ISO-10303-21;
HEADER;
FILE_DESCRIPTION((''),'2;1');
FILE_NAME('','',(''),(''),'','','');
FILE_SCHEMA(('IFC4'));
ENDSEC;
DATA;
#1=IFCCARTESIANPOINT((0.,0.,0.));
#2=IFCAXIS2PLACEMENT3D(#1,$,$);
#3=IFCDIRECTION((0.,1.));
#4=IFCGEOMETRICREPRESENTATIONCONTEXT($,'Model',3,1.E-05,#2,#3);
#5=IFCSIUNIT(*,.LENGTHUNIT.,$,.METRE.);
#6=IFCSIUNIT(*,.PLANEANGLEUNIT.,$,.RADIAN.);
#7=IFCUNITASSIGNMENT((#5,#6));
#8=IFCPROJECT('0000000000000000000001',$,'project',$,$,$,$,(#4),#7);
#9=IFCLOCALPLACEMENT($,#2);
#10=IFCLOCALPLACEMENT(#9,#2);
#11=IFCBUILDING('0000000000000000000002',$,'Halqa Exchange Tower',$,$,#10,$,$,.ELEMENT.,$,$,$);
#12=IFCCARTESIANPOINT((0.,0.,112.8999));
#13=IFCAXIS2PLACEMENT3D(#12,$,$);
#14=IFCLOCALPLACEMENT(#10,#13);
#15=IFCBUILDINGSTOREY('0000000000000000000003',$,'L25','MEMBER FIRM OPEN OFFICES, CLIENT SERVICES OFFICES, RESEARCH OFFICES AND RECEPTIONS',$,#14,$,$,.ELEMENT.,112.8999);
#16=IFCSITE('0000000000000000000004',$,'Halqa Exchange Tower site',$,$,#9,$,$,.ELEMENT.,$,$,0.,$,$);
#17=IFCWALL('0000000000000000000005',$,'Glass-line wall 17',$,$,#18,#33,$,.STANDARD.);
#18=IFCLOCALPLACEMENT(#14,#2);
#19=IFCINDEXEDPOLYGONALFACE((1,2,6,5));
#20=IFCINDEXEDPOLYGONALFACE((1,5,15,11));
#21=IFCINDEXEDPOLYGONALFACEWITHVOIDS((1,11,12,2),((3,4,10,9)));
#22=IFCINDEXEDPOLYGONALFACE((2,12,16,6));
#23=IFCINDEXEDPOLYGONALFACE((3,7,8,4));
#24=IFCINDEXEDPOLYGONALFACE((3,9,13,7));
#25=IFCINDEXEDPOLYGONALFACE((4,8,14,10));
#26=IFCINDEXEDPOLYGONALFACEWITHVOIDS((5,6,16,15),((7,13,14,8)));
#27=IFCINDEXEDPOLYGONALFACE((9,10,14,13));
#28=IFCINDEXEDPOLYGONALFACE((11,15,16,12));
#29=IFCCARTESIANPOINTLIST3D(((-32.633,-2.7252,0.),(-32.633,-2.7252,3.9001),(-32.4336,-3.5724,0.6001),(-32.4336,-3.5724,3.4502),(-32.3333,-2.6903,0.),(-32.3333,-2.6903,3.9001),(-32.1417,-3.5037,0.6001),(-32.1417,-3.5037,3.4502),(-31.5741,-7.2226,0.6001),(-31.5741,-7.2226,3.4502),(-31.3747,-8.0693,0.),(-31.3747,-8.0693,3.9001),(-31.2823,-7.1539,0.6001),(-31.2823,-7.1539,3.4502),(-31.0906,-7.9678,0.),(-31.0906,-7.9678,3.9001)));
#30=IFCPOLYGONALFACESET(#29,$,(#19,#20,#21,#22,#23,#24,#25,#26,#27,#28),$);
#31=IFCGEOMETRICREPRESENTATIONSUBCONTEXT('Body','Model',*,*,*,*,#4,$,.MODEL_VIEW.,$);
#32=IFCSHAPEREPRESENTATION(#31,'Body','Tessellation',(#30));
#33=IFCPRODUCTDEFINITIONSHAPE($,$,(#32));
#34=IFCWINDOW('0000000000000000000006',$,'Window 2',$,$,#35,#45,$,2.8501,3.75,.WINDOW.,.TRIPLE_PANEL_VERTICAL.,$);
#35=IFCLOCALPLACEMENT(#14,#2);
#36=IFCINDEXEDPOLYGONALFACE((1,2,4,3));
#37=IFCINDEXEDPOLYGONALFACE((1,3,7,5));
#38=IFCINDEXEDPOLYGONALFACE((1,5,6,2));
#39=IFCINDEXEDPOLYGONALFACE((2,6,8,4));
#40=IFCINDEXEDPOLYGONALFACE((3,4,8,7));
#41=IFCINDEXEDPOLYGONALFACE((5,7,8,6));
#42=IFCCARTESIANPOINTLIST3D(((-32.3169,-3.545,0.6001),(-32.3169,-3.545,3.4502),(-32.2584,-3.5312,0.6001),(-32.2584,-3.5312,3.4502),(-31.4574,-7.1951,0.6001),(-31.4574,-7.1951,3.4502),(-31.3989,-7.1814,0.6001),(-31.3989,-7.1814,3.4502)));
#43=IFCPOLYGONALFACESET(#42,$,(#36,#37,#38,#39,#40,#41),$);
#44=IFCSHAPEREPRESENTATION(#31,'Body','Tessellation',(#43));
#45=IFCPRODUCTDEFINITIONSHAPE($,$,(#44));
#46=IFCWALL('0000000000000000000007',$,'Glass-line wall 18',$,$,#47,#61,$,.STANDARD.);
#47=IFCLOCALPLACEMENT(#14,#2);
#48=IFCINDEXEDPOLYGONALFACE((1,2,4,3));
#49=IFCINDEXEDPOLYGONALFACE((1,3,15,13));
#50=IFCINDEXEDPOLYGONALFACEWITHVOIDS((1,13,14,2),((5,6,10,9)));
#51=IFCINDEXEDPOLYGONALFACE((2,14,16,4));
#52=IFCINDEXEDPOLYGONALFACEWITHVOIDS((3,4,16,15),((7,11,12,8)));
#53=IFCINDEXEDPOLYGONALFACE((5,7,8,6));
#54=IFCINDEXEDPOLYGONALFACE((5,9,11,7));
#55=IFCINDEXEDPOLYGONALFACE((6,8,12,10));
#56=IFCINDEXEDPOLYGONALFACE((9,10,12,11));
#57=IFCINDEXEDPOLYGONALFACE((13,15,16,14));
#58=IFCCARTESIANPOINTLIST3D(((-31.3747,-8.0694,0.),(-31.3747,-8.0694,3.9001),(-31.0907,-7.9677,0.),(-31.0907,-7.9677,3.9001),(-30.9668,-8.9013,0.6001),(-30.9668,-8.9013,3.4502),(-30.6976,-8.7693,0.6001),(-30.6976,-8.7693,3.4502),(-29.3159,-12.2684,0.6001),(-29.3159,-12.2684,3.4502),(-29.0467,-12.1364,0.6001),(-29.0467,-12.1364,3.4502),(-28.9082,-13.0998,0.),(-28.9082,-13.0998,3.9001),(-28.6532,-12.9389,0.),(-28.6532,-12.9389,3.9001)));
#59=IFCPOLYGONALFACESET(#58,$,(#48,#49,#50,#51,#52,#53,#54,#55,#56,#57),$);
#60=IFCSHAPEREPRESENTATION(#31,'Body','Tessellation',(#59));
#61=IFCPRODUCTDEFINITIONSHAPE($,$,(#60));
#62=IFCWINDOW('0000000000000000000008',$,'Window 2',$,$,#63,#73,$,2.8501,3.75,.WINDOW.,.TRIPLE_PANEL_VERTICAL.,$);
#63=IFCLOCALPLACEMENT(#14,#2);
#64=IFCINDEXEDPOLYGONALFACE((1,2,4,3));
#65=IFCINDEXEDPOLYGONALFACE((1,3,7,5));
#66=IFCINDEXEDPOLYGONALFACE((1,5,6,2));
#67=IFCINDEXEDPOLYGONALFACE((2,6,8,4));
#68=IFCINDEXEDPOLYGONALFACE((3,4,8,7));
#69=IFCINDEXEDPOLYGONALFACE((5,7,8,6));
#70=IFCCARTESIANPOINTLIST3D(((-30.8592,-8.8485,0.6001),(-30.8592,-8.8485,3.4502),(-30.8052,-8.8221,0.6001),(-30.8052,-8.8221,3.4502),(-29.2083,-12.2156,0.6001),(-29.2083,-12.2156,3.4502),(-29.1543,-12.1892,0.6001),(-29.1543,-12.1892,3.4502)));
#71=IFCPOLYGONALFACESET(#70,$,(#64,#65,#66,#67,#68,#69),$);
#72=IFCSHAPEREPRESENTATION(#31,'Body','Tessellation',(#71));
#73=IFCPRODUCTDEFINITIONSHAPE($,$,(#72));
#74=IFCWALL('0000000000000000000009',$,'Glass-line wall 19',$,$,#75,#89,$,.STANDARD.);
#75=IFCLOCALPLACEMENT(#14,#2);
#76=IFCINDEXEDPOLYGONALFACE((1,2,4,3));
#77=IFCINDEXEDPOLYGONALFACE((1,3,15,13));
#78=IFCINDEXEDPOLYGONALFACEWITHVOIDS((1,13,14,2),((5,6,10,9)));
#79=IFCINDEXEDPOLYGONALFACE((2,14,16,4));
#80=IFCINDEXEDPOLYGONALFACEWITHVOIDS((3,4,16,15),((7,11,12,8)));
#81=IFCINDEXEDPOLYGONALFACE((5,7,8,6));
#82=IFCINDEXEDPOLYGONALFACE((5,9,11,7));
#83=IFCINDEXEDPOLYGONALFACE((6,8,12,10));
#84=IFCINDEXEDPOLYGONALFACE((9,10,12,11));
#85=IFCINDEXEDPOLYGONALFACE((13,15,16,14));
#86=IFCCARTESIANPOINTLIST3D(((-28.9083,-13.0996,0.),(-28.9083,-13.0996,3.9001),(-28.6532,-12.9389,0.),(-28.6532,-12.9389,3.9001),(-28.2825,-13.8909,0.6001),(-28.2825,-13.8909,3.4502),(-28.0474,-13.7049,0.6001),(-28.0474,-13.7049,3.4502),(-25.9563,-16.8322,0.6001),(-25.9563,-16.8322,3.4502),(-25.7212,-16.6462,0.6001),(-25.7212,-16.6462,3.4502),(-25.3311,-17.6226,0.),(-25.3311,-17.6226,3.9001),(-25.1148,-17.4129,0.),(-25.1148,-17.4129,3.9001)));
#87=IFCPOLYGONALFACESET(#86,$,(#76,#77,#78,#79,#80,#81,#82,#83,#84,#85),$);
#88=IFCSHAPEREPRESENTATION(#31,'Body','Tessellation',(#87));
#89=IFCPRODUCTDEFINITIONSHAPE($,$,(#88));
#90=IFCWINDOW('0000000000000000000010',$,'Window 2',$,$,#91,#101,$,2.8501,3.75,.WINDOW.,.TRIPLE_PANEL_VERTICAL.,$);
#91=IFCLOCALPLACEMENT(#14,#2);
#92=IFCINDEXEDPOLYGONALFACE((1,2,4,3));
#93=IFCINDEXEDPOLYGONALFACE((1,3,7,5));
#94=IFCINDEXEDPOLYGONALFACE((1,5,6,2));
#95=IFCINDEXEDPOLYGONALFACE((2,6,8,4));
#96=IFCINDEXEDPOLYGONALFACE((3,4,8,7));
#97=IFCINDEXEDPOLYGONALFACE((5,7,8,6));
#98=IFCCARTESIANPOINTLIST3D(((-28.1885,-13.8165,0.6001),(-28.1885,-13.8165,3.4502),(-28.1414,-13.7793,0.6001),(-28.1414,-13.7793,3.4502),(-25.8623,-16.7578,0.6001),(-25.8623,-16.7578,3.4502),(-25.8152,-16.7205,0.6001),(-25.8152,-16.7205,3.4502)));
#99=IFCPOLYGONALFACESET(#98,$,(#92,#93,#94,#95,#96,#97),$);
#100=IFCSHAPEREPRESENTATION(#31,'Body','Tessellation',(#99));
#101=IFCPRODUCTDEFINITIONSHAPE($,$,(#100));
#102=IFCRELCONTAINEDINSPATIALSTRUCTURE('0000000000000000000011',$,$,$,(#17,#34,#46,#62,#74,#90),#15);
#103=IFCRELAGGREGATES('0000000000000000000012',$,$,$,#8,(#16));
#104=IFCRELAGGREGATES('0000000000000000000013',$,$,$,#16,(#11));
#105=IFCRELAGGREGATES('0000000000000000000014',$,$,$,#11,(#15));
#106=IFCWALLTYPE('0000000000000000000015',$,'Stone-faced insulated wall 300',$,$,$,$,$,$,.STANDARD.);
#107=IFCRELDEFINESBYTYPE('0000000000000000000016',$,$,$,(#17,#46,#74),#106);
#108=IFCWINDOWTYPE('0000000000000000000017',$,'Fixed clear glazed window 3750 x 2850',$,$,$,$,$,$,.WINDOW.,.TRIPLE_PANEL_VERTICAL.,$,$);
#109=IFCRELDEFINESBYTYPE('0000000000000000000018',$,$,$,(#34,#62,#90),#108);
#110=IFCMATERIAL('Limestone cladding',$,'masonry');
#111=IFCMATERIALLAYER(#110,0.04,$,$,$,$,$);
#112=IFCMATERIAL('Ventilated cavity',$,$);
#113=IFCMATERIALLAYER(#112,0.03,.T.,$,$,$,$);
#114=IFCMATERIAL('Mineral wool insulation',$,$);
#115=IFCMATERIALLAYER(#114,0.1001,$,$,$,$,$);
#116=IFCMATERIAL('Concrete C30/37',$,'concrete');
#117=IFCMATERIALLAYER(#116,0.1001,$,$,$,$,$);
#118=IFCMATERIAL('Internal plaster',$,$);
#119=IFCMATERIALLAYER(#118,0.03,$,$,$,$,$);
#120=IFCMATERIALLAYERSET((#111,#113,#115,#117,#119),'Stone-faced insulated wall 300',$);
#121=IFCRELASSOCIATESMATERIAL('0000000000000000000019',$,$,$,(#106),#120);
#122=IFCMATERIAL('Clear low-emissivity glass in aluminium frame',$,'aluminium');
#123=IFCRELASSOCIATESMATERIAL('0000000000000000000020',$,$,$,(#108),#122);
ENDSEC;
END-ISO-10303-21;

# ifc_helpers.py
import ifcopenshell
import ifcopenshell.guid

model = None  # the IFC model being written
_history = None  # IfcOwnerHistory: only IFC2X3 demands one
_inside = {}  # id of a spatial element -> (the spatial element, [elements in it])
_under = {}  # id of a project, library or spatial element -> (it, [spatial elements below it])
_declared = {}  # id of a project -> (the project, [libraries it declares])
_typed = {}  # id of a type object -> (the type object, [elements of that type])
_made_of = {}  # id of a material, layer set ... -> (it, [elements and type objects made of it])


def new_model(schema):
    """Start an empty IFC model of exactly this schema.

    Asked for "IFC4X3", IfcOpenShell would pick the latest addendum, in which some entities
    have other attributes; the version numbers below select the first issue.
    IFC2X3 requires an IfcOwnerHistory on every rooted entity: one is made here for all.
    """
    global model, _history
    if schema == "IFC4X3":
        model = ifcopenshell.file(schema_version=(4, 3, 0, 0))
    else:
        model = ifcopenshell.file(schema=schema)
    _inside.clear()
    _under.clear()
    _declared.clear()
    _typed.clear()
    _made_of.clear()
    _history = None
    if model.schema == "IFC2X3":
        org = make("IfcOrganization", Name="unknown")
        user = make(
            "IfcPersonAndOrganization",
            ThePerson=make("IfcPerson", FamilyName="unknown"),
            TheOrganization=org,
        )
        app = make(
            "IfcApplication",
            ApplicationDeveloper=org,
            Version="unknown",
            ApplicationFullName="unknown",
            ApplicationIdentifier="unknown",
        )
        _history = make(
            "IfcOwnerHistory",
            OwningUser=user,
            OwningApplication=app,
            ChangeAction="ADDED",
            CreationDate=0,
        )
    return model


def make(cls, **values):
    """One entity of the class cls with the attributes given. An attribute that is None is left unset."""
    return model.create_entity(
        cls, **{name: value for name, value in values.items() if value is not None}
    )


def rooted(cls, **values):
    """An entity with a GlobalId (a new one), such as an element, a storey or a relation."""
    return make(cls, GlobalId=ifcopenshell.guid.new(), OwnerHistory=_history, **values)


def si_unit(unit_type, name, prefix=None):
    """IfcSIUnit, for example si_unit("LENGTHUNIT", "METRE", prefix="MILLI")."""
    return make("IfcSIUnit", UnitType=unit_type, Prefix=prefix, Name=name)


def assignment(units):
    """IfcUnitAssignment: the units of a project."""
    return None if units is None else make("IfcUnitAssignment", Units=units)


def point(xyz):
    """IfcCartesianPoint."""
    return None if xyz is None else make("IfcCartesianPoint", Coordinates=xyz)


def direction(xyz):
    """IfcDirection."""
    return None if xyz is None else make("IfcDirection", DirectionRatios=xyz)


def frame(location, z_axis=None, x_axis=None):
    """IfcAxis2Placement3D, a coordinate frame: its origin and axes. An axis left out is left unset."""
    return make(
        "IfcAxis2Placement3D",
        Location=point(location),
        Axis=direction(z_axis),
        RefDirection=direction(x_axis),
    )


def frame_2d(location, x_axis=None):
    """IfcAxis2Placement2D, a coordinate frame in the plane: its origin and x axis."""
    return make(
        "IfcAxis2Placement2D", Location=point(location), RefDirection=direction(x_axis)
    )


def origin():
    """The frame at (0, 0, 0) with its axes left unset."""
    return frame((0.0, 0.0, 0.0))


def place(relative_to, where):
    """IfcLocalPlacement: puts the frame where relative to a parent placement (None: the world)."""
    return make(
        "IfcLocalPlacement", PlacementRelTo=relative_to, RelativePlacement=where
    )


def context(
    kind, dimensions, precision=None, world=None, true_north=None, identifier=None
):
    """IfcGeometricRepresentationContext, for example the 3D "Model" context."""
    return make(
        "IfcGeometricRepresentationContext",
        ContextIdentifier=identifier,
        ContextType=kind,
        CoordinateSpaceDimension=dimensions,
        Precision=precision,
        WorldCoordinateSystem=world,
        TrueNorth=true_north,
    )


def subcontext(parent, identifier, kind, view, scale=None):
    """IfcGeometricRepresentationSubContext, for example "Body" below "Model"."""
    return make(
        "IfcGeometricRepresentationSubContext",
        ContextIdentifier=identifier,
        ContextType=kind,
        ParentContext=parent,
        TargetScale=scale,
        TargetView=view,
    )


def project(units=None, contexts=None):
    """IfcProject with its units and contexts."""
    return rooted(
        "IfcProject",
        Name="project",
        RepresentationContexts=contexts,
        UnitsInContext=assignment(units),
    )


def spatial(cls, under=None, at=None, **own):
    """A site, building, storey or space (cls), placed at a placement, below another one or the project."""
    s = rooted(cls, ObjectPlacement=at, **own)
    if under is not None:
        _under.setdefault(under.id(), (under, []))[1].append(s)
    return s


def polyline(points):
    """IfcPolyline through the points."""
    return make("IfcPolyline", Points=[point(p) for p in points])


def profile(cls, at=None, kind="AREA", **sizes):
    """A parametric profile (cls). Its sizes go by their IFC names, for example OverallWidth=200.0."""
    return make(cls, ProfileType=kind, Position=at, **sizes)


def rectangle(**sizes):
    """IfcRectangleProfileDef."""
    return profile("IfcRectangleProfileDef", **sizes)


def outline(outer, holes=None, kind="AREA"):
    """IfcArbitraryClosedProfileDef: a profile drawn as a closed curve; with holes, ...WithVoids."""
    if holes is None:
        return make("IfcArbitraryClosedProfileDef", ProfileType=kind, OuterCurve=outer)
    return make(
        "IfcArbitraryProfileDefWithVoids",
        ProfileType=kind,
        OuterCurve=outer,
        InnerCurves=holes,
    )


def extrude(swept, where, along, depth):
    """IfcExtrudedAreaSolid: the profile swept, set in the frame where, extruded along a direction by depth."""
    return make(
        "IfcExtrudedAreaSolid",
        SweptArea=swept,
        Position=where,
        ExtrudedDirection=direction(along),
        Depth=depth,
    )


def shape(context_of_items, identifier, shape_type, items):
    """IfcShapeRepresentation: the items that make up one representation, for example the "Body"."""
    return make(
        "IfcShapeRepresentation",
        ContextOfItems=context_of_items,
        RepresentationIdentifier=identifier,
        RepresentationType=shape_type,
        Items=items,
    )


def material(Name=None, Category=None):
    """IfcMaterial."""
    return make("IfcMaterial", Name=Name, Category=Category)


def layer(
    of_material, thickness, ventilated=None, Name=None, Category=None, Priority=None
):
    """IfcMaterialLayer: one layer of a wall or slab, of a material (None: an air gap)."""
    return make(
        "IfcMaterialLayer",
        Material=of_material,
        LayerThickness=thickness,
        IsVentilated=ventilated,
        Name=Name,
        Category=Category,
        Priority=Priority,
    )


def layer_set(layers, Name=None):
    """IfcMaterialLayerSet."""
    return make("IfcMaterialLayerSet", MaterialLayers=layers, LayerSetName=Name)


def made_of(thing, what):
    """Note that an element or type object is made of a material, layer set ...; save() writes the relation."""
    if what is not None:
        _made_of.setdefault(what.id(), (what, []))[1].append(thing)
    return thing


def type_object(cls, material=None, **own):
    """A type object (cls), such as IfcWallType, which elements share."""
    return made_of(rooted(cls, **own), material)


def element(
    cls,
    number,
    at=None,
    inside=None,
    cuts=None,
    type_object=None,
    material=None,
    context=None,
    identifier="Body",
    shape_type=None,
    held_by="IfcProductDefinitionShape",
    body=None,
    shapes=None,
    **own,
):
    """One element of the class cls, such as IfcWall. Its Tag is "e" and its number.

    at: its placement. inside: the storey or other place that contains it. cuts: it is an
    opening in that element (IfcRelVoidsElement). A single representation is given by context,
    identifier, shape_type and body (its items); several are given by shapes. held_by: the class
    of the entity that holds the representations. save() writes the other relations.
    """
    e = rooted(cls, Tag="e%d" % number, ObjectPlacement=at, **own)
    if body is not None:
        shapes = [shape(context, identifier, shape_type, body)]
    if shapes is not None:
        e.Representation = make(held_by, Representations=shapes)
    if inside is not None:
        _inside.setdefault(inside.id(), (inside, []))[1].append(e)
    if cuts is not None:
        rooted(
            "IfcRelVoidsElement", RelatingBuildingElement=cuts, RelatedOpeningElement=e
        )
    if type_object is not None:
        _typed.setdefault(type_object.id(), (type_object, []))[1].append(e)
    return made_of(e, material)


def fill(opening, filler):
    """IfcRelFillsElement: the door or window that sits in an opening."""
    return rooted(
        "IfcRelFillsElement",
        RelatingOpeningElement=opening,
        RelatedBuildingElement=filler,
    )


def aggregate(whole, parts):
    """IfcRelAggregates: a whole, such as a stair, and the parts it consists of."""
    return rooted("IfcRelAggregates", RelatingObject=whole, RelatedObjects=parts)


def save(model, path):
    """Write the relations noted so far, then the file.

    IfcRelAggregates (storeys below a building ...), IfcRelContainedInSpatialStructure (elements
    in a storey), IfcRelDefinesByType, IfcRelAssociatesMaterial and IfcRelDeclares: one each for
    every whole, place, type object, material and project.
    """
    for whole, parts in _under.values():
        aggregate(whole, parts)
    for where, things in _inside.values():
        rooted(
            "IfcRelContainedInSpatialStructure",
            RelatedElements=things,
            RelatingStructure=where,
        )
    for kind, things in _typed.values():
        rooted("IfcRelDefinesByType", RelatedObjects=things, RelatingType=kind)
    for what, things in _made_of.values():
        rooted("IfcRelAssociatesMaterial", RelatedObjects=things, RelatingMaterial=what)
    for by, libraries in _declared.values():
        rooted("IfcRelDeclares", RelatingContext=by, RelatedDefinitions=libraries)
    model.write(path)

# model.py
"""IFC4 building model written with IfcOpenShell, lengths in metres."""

from ifc_helpers import new_model, si_unit, direction, frame, frame_2d, origin, place, context, subcontext, project, spatial, polyline, rectangle, outline, extrude, material, layer, layer_set, type_object, element, fill, save


model = new_model("IFC4")

# Units and contexts
model_context = context("Model", 3, precision=1e-05, world=origin(), true_north=direction((0.0, 1.0)))
body_context = subcontext(model_context, "Body", "Model", "MODEL_VIEW")
ifc_project = project(units=[si_unit("LENGTHUNIT", "METRE"), si_unit("PLANEANGLEUNIT", "RADIAN")], contexts=[model_context])

# Site, building, storey
site_placement = place(None, origin())
site = spatial("IfcSite", under=ifc_project, at=site_placement, Name="Halqa Exchange Tower site", CompositionType="ELEMENT", RefElevation=0.0)
building_placement = place(site_placement, origin())
building = spatial("IfcBuilding", under=site, at=building_placement, Name="Halqa Exchange Tower", CompositionType="ELEMENT")
storey_placement = place(building_placement, frame((0.0, 0.0, 112.8999)))
storey = spatial("IfcBuildingStorey", under=building, at=storey_placement, Name="L25", Description="MEMBER FIRM OPEN OFFICES, CLIENT SERVICES OFFICES, RESEARCH OFFICES AND RECEPTIONS", CompositionType="ELEMENT", Elevation=112.8999)

# Walls, openings, windows
ifc_material_1 = material(Name="Limestone cladding", Category="masonry")
ifc_layer_1 = layer(ifc_material_1, 0.04)
ifc_material_2 = material(Name="Ventilated cavity")
ifc_layer_2 = layer(ifc_material_2, 0.03, ventilated=True)
ifc_material_3 = material(Name="Mineral wool insulation")
ifc_layer_3 = layer(ifc_material_3, 0.1001)
ifc_material_4 = material(Name="Concrete C30/37", Category="concrete")
ifc_layer_4 = layer(ifc_material_4, 0.1001)
ifc_material_5 = material(Name="Internal plaster")
ifc_layer_5 = layer(ifc_material_5, 0.03)
ifc_layer_set_1 = layer_set([ifc_layer_1, ifc_layer_2, ifc_layer_3, ifc_layer_4, ifc_layer_5], Name="Stone-faced insulated wall 300")
wall_type_1 = type_object("IfcWallType", Name="Stone-faced insulated wall 300", PredefinedType="STANDARD", material=ifc_layer_set_1)
wall_1_placement = place(storey_placement, frame((-32.4832, -2.7078, 0.0), z_axis=(0.0, 0.0, 1.0), x_axis=(0.229194, -0.973381, 0.0)))
wall_1 = element("IfcWall", 1, at=wall_1_placement, inside=storey, type_object=wall_type_1, Name="Glass-line wall 17", PredefinedType="STANDARD", context=body_context, shape_type="SweptSolid", body=[
    extrude(outline(polyline([(-0.0173, -0.1499), (5.4729, -0.1499), (5.4392, 0.1499), (0.0173, 0.1499), (-0.0173, -0.1499)])), origin(), (0.0, 0.0, 1.0), 3.9001),
])
opening_1_placement = place(wall_1_placement, frame((0.853, 0.0, 0.6001)))
opening_1 = element("IfcOpeningElement", 2, at=opening_1_placement, cuts=wall_1, PredefinedType="OPENING", context=body_context, shape_type="SweptSolid", body=[
    extrude(rectangle(XDim=3.75, YDim=2.8501, at=frame_2d((1.875, 1.425))), frame((0.0, 0.1621, 0.0), z_axis=(0.0, -1.0, 0.0), x_axis=(1.0, 0.0, 0.0)), (0.0, 0.0, 1.0), 0.324),
])
ifc_material_6 = material(Name="Clear low-emissivity glass in aluminium frame", Category="aluminium")
window_type = type_object("IfcWindowType", Name="Fixed clear glazed window 3750 x 2850", PartitioningType="TRIPLE_PANEL_VERTICAL", PredefinedType="WINDOW", material=ifc_material_6)
window_1_placement = place(opening_1_placement, origin())
window_1 = element("IfcWindow", 3, at=window_1_placement, inside=storey, type_object=window_type, Name="Window 2", OverallHeight=2.8501, OverallWidth=3.75, PartitioningType="TRIPLE_PANEL_VERTICAL", PredefinedType="WINDOW", context=body_context, shape_type="SweptSolid", body=[
    extrude(rectangle(XDim=3.75, YDim=2.8501, at=frame_2d((1.875, 1.425))), frame((0.0, 0.03, 0.0), z_axis=(0.0, -1.0, 0.0), x_axis=(1.0, 0.0, 0.0)), (0.0, 0.0, 1.0), 0.0601),
])
fill(opening_1, window_1)
wall_2_placement = place(storey_placement, frame((-31.2327, -8.0186, 0.0), z_axis=(0.0, 0.0, 1.0), x_axis=(0.440239, -0.897881, 0.0)))
wall_2 = element("IfcWall", 4, at=wall_2_placement, inside=storey, type_object=wall_type_1, Name="Glass-line wall 18", PredefinedType="STANDARD", context=body_context, shape_type="SweptSolid", body=[
    extrude(outline(polyline([(-0.0168, -0.1499), (5.5857, -0.1499), (5.5535, 0.1499), (0.0168, 0.1499), (-0.0168, -0.1499)])), origin(), (0.0, 0.0, 1.0), 3.9001),
])
opening_2_placement = place(wall_2_placement, frame((0.9097, 0.0, 0.6001)))
opening_2 = element("IfcOpeningElement", 5, at=opening_2_placement, cuts=wall_2, PredefinedType="OPENING", context=body_context, shape_type="SweptSolid", body=[
    extrude(rectangle(XDim=3.75, YDim=2.8501, at=frame_2d((1.875, 1.425))), frame((0.0, 0.1621, 0.0), z_axis=(0.0, -1.0, 0.0), x_axis=(1.0, 0.0, 0.0)), (0.0, 0.0, 1.0), 0.324),
])
window_2_placement = place(opening_2_placement, origin())
window_2 = element("IfcWindow", 6, at=window_2_placement, inside=storey, type_object=window_type, Name="Window 2", OverallHeight=2.8501, OverallWidth=3.75, PartitioningType="TRIPLE_PANEL_VERTICAL", PredefinedType="WINDOW", context=body_context, shape_type="SweptSolid", body=[
    extrude(rectangle(XDim=3.75, YDim=2.8501, at=frame_2d((1.875, 1.425))), frame((0.0, 0.03, 0.0), z_axis=(0.0, -1.0, 0.0), x_axis=(1.0, 0.0, 0.0)), (0.0, 0.0, 1.0), 0.0601),
])
fill(opening_2, window_2)
wall_3_placement = place(storey_placement, frame((-28.7808, -13.0193, 0.0), z_axis=(0.0, 0.0, 1.0), x_axis=(0.62033, -0.784341, 0.0)))
wall_3 = element("IfcWall", 7, at=wall_3_placement, inside=storey, type_object=wall_type_1, Name="Glass-line wall 19", PredefinedType="STANDARD", context=body_context, shape_type="SweptSolid", body=[
    extrude(outline(polyline([(-0.0161, -0.1499), (5.7505, -0.1499), (5.7202, 0.1499), (0.0161, 0.1499), (-0.0161, -0.1499)])), origin(), (0.0, 0.0, 1.0), 3.9001),
])
opening_3_placement = place(wall_3_placement, frame((0.9927, 0.0, 0.6001)))
opening_3 = element("IfcOpeningElement", 8, at=opening_3_placement, cuts=wall_3, PredefinedType="OPENING", context=body_context, shape_type="SweptSolid", body=[
    extrude(rectangle(XDim=3.75, YDim=2.8501, at=frame_2d((1.875, 1.425))), frame((0.0, 0.1621, 0.0), z_axis=(0.0, -1.0, 0.0), x_axis=(1.0, 0.0, 0.0)), (0.0, 0.0, 1.0), 0.324),
])
window_3_placement = place(opening_3_placement, origin())
window_3 = element("IfcWindow", 9, at=window_3_placement, inside=storey, type_object=window_type, Name="Window 2", OverallHeight=2.8501, OverallWidth=3.75, PartitioningType="TRIPLE_PANEL_VERTICAL", PredefinedType="WINDOW", context=body_context, shape_type="SweptSolid", body=[
    extrude(rectangle(XDim=3.75, YDim=2.8501, at=frame_2d((1.875, 1.425))), frame((0.0, 0.03, 0.0), z_axis=(0.0, -1.0, 0.0), x_axis=(1.0, 0.0, 0.0)), (0.0, 0.0, 1.0), 0.0601),
])
fill(opening_3, window_3)

save(model, "model.ifc")
